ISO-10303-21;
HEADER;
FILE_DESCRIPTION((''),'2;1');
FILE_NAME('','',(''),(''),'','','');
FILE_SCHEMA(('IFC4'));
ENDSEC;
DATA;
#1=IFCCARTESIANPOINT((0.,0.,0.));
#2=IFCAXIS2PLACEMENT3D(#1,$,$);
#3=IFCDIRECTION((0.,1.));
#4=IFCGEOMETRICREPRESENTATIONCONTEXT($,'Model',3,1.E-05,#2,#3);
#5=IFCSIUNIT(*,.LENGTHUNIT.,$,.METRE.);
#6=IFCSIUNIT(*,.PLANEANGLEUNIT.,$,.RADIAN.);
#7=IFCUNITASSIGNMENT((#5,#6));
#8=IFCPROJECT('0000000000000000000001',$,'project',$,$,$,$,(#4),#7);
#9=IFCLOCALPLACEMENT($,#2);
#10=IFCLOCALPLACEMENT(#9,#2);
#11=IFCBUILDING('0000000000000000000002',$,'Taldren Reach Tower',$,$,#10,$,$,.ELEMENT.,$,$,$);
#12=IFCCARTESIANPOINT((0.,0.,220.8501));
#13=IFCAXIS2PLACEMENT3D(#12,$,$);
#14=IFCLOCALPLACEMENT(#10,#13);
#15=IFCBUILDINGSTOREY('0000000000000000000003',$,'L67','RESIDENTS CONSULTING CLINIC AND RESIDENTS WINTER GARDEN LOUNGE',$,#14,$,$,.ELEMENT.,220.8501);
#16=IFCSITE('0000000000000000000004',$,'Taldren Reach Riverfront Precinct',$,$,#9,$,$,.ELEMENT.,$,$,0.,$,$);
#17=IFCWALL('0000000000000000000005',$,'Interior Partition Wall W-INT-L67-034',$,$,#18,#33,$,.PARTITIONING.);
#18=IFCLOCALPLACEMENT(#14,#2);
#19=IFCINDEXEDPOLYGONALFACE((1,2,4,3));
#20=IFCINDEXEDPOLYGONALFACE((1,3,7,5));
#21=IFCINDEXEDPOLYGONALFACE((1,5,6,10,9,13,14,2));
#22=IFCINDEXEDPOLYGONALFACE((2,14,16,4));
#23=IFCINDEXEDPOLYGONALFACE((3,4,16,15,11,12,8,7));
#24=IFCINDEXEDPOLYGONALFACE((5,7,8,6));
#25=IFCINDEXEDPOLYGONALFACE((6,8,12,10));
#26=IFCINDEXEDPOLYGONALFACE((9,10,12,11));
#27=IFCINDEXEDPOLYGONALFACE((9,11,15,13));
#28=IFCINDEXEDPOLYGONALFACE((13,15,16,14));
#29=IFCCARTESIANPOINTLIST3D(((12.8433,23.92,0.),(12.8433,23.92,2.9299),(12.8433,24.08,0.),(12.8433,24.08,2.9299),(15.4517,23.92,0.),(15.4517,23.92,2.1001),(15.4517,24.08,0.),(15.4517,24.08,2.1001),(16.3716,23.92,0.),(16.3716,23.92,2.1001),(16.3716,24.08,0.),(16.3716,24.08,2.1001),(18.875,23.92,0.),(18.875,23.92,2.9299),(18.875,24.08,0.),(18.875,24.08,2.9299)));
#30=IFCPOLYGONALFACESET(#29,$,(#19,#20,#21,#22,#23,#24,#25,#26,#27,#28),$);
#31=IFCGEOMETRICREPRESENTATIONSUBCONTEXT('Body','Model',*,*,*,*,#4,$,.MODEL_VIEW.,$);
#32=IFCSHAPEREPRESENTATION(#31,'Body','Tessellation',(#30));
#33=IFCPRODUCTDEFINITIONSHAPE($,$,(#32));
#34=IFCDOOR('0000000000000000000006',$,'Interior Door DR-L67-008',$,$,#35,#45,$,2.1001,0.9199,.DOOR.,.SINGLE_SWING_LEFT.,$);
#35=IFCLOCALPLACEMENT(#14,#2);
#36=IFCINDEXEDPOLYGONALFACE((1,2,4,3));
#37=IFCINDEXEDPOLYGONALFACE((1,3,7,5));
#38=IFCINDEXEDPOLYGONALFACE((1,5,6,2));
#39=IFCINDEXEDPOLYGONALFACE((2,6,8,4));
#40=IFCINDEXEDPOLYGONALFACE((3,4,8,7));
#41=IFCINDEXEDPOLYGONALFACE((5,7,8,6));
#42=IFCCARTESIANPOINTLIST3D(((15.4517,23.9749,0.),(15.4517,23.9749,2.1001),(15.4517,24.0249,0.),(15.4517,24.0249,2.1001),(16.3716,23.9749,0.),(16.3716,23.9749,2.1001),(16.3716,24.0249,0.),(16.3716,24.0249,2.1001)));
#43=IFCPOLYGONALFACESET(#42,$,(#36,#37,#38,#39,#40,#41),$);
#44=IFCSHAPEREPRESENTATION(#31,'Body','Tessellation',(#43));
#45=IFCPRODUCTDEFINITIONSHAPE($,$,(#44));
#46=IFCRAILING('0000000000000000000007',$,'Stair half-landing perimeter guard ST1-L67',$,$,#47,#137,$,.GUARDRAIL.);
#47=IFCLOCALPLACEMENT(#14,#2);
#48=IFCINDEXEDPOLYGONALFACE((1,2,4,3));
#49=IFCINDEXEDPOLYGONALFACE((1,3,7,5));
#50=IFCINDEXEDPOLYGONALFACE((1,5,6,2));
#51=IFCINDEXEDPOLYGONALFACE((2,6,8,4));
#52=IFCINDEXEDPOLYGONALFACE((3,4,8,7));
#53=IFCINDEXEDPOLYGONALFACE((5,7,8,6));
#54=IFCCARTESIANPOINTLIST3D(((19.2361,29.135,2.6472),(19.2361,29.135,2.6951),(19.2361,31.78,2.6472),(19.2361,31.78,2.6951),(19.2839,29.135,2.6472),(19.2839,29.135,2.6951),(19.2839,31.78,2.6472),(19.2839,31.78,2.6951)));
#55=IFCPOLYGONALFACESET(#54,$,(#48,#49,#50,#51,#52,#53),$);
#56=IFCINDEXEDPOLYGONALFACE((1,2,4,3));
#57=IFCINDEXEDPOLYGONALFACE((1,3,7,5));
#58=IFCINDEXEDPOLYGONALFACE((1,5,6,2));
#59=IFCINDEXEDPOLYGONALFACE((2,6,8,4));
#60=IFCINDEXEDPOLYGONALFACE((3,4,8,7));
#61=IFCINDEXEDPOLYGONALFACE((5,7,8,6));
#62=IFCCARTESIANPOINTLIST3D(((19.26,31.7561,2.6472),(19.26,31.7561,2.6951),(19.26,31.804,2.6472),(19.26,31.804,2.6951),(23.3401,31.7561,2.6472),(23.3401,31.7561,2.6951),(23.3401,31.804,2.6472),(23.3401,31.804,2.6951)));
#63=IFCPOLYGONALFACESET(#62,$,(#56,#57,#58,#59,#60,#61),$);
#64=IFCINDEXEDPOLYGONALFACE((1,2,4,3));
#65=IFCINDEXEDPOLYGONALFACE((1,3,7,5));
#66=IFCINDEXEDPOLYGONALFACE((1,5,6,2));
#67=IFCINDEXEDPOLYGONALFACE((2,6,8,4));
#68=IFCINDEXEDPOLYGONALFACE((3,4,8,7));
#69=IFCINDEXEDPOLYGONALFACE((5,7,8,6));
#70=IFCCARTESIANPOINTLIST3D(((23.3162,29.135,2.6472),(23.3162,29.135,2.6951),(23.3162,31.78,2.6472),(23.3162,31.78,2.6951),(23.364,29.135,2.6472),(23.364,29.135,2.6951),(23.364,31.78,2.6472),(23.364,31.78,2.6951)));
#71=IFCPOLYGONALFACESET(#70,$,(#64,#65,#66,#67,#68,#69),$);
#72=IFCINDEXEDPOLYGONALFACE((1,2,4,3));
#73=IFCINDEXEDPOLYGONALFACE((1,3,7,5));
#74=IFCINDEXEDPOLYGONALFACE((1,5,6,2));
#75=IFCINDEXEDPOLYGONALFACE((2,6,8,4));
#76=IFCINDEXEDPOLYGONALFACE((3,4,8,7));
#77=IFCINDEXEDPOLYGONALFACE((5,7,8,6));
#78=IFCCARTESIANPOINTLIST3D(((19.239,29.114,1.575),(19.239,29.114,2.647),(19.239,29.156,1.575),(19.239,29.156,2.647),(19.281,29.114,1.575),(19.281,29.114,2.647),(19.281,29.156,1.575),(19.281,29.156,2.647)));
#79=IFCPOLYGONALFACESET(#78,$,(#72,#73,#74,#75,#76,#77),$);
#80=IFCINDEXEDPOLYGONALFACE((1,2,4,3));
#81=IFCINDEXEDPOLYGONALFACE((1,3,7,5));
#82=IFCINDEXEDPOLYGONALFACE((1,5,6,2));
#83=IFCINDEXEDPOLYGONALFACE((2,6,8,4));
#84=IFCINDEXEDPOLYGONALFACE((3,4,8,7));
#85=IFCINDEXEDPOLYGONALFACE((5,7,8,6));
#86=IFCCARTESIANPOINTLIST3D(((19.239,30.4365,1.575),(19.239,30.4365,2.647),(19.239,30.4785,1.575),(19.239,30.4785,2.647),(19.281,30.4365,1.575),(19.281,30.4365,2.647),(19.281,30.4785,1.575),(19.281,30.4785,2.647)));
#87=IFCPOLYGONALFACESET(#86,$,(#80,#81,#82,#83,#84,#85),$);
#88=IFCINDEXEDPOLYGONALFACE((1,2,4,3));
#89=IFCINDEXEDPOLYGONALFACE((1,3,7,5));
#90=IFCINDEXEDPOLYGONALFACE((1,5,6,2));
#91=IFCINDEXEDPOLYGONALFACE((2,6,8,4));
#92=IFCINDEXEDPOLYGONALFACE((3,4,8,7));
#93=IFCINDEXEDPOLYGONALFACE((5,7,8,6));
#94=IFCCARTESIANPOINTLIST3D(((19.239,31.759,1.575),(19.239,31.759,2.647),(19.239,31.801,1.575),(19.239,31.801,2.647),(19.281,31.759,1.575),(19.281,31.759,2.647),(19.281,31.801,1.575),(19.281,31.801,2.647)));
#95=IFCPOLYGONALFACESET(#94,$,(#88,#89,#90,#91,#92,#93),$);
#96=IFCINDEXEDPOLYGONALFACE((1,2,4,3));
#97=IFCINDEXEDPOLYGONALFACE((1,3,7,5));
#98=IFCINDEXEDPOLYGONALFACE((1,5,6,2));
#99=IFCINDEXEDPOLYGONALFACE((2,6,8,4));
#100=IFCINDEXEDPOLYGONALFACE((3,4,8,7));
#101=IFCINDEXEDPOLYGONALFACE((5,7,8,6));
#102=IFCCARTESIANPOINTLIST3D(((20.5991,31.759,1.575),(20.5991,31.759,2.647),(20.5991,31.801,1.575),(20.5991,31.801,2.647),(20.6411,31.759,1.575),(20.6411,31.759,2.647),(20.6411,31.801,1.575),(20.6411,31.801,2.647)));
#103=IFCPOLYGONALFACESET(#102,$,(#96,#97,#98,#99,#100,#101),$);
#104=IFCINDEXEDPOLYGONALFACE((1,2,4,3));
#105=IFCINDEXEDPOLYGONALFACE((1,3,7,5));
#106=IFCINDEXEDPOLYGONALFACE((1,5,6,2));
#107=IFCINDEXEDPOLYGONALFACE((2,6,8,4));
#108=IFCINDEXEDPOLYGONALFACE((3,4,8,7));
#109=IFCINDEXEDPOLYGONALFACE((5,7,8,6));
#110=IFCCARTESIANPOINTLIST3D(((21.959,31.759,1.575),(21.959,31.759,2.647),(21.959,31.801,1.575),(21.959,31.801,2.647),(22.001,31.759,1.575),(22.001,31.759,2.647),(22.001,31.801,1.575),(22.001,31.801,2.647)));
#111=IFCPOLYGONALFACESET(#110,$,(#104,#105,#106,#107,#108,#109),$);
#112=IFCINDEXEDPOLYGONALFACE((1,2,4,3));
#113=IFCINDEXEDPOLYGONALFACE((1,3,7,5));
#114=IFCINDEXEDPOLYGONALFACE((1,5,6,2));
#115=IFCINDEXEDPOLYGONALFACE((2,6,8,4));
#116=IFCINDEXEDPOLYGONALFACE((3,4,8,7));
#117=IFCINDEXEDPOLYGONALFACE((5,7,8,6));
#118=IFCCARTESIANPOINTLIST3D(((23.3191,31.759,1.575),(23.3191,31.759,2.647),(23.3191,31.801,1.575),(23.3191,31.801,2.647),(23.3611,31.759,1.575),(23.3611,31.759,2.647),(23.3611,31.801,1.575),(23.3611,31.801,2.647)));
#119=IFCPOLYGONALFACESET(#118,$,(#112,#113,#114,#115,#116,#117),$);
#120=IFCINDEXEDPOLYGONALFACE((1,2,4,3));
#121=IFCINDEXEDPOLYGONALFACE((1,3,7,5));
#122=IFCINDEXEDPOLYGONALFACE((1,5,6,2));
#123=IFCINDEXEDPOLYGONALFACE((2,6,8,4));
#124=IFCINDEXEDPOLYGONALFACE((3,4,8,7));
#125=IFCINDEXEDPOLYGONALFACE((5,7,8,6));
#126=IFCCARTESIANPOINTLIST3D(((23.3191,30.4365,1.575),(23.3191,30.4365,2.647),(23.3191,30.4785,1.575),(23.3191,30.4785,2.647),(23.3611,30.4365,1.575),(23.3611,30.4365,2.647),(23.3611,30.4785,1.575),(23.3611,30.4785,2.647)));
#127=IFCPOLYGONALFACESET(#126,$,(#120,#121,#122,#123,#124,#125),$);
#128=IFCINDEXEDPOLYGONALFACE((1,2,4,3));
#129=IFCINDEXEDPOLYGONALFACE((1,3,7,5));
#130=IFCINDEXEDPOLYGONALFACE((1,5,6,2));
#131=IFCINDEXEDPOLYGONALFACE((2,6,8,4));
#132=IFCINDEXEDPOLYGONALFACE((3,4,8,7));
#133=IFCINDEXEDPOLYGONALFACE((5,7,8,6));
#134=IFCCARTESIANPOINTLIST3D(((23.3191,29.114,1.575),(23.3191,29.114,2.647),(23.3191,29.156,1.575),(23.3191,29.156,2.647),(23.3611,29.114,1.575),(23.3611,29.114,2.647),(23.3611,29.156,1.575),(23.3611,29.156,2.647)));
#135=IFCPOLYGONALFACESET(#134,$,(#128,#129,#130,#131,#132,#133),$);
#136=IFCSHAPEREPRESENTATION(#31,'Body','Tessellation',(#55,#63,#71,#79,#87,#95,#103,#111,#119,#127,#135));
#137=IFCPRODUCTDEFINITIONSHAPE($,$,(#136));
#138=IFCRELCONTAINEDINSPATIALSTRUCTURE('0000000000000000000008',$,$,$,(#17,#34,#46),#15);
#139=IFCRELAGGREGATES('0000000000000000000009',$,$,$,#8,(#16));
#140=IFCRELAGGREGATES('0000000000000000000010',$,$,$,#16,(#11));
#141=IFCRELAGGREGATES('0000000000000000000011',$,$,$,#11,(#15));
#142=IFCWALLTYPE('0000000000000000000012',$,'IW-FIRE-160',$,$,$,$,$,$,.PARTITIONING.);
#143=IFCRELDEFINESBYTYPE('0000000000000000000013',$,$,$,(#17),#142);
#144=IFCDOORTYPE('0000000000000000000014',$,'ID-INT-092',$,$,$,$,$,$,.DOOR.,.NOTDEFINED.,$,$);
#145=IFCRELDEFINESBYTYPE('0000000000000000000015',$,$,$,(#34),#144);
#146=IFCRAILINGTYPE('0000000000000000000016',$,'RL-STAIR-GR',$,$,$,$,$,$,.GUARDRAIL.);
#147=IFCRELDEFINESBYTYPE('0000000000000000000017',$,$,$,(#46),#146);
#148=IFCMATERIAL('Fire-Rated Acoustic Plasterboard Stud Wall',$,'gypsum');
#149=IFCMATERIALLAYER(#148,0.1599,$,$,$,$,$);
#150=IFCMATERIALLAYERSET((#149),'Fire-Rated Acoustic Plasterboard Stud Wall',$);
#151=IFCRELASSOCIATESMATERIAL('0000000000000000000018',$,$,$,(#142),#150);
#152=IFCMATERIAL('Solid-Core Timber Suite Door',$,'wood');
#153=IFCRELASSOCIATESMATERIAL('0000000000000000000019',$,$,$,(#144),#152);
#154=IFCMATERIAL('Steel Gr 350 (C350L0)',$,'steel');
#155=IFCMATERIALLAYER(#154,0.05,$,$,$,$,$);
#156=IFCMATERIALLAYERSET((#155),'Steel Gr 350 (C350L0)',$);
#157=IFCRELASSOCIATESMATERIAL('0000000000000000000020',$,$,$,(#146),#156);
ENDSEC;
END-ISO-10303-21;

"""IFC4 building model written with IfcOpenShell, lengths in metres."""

from ifc_helpers import new_model, si_unit, direction, frame, frame_2d, origin, origin_2d, place, context, subcontext, project, spatial, rectangle, extrude, source, transform, mapped, material, layer, layer_set, type_object, element, fill, save


model = new_model("IFC4")

# Units and contexts
model_context = context("Model", 3, precision=1e-05, world=origin(), true_north=direction((0.0, 1.0)))
body_context = subcontext(model_context, "Body", "Model", "MODEL_VIEW")
ifc_project = project(units=[si_unit("LENGTHUNIT", "METRE"), si_unit("PLANEANGLEUNIT", "RADIAN")], contexts=[model_context])

# Site, building, storey
site_placement = place(None, origin())
site = spatial("IfcSite", under=ifc_project, at=site_placement, Name="Taldren Reach Riverfront Precinct", CompositionType="ELEMENT", RefElevation=0.0)
building_placement = place(site_placement, origin())
building = spatial("IfcBuilding", under=site, at=building_placement, Name="Taldren Reach Tower", CompositionType="ELEMENT")
storey_placement = place(building_placement, frame((0.0, 0.0, 220.8501)))
storey = spatial("IfcBuildingStorey", under=building, at=storey_placement, Name="L67", Description="RESIDENTS CONSULTING CLINIC AND RESIDENTS WINTER GARDEN LOUNGE", CompositionType="ELEMENT", Elevation=220.8501)

# Shared definitions
ifc_material_1 = material(Name="Steel Gr 350 (C350L0)", Category="steel")

# Wall, opening, door
ifc_material_2 = material(Name="Fire-Rated Acoustic Plasterboard Stud Wall", Category="gypsum")
ifc_layer_1 = layer(ifc_material_2, 0.1599)
ifc_layer_set_1 = layer_set([ifc_layer_1], Name="Fire-Rated Acoustic Plasterboard Stud Wall")
wall_type_1 = type_object("IfcWallType", Name="IW-FIRE-160", PredefinedType="PARTITIONING", material=ifc_layer_set_1)
shared_shape_1 = source(origin(), body_context, "Body", "SweptSolid", [
    extrude(rectangle(XDim=6.0317, YDim=0.1599, at=frame_2d((3.0159, 0.0))), origin(), (0.0, 0.0, 1.0), 2.9299),
])
wall_1_placement = place(storey_placement, frame((12.8433, 24.0, 0.0), z_axis=(0.0, 0.0, 1.0), x_axis=(1.0, 0.0, 0.0)))
wall_1 = element("IfcWall", 1, at=wall_1_placement, inside=storey, type_object=wall_type_1, Name="Interior Partition Wall W-INT-L67-034", PredefinedType="PARTITIONING", context=body_context, shape_type="MappedRepresentation", body=[
    mapped(shared_shape_1, transform((0.0, 0.0, 0.0), scale=1.0)),
])
shared_shape_2 = source(origin(), body_context, "Body", "SweptSolid", [
    extrude(rectangle(XDim=0.9199, YDim=2.1001, at=frame_2d((0.46, 1.05))), frame((0.0, 0.0898, 0.0), z_axis=(0.0, -1.0, 0.0), x_axis=(1.0, 0.0, 0.0)), (0.0, 0.0, 1.0), 0.1799),
])
opening_placement = place(wall_1_placement, frame((2.6084, 0.0, 0.0)))
opening = element("IfcOpeningElement", 2, at=opening_placement, cuts=wall_1, PredefinedType="OPENING", context=body_context, shape_type="MappedRepresentation", body=[
    mapped(shared_shape_2, transform((0.0, 0.0, 0.0), scale=1.0)),
])
ifc_material_3 = material(Name="Solid-Core Timber Suite Door", Category="wood")
door_type = type_object("IfcDoorType", Name="ID-INT-092", OperationType="NOTDEFINED", PredefinedType="DOOR", material=ifc_material_3)
shared_shape_3 = source(origin(), body_context, "Body", "SweptSolid", [
    extrude(rectangle(XDim=0.9199, YDim=2.1001, at=frame_2d((0.46, 1.05))), frame((0.0, 0.0249, 0.0), z_axis=(0.0, -1.0, 0.0), x_axis=(1.0, 0.0, 0.0)), (0.0, 0.0, 1.0), 0.05),
])
door_placement = place(opening_placement, origin())
door = element("IfcDoor", 3, at=door_placement, inside=storey, type_object=door_type, Name="Interior Door DR-L67-008", OperationType="SINGLE_SWING_LEFT", OverallHeight=2.1001, OverallWidth=0.9199, PredefinedType="DOOR", context=body_context, shape_type="MappedRepresentation", body=[
    mapped(shared_shape_3, transform((0.0, 0.0, 0.0), scale=1.0)),
])
fill(opening, door)

# Railing
ifc_layer_2 = layer(ifc_material_1, 0.05)
ifc_layer_set_2 = layer_set([ifc_layer_2], Name="Steel Gr 350 (C350L0)")
railing_type_1 = type_object("IfcRailingType", Name="RL-STAIR-GR", PredefinedType="GUARDRAIL", material=ifc_layer_set_2)
railing_1_placement = place(storey_placement, frame((19.26, 29.135, 1.575)))
element("IfcRailing", 4, at=railing_1_placement, inside=storey, type_object=railing_type_1, Name="Stair half-landing perimeter guard ST1-L67", PredefinedType="GUARDRAIL", context=body_context, shape_type="SweptSolid", body=[
    extrude(rectangle(XDim=0.0479, YDim=0.0479, at=origin_2d()), frame((0.0, 0.0, 1.0962), z_axis=(0.0, 1.0, 0.0), x_axis=(-1.0, 0.0, 0.0)), (0.0, 0.0, 1.0), 2.645),
    extrude(rectangle(XDim=0.0479, YDim=0.0479, at=origin_2d()), frame((0.0, 2.645, 1.0962), z_axis=(1.0, 0.0, 0.0), x_axis=(0.0, 1.0, 0.0)), (0.0, 0.0, 1.0), 4.0801),
    extrude(rectangle(XDim=0.0479, YDim=0.0479, at=origin_2d()), frame((4.0801, 2.645, 1.0962), z_axis=(0.0, -1.0, 0.0), x_axis=(1.0, 0.0, 0.0)), (0.0, 0.0, 1.0), 2.645),
    extrude(rectangle(XDim=0.042, YDim=0.042, at=origin_2d()), origin(), (0.0, 0.0, 1.0), 1.072),
    extrude(rectangle(XDim=0.042, YDim=0.042, at=origin_2d()), frame((0.0, 1.3225, 0.0)), (0.0, 0.0, 1.0), 1.072),
    extrude(rectangle(XDim=0.042, YDim=0.042, at=origin_2d()), frame((0.0, 2.645, 0.0)), (0.0, 0.0, 1.0), 1.072),
    extrude(rectangle(XDim=0.042, YDim=0.042, at=origin_2d()), frame((1.3601, 2.645, 0.0)), (0.0, 0.0, 1.0), 1.072),
    extrude(rectangle(XDim=0.042, YDim=0.042, at=origin_2d()), frame((2.72, 2.645, 0.0)), (0.0, 0.0, 1.0), 1.072),
    extrude(rectangle(XDim=0.042, YDim=0.042, at=origin_2d()), frame((4.0801, 2.645, 0.0)), (0.0, 0.0, 1.0), 1.072),
    extrude(rectangle(XDim=0.042, YDim=0.042, at=origin_2d()), frame((4.0801, 1.3225, 0.0)), (0.0, 0.0, 1.0), 1.072),
    extrude(rectangle(XDim=0.042, YDim=0.042, at=origin_2d()), frame((4.0801, 0.0, 0.0)), (0.0, 0.0, 1.0), 1.072),
])

save(model, "model.ifc")
